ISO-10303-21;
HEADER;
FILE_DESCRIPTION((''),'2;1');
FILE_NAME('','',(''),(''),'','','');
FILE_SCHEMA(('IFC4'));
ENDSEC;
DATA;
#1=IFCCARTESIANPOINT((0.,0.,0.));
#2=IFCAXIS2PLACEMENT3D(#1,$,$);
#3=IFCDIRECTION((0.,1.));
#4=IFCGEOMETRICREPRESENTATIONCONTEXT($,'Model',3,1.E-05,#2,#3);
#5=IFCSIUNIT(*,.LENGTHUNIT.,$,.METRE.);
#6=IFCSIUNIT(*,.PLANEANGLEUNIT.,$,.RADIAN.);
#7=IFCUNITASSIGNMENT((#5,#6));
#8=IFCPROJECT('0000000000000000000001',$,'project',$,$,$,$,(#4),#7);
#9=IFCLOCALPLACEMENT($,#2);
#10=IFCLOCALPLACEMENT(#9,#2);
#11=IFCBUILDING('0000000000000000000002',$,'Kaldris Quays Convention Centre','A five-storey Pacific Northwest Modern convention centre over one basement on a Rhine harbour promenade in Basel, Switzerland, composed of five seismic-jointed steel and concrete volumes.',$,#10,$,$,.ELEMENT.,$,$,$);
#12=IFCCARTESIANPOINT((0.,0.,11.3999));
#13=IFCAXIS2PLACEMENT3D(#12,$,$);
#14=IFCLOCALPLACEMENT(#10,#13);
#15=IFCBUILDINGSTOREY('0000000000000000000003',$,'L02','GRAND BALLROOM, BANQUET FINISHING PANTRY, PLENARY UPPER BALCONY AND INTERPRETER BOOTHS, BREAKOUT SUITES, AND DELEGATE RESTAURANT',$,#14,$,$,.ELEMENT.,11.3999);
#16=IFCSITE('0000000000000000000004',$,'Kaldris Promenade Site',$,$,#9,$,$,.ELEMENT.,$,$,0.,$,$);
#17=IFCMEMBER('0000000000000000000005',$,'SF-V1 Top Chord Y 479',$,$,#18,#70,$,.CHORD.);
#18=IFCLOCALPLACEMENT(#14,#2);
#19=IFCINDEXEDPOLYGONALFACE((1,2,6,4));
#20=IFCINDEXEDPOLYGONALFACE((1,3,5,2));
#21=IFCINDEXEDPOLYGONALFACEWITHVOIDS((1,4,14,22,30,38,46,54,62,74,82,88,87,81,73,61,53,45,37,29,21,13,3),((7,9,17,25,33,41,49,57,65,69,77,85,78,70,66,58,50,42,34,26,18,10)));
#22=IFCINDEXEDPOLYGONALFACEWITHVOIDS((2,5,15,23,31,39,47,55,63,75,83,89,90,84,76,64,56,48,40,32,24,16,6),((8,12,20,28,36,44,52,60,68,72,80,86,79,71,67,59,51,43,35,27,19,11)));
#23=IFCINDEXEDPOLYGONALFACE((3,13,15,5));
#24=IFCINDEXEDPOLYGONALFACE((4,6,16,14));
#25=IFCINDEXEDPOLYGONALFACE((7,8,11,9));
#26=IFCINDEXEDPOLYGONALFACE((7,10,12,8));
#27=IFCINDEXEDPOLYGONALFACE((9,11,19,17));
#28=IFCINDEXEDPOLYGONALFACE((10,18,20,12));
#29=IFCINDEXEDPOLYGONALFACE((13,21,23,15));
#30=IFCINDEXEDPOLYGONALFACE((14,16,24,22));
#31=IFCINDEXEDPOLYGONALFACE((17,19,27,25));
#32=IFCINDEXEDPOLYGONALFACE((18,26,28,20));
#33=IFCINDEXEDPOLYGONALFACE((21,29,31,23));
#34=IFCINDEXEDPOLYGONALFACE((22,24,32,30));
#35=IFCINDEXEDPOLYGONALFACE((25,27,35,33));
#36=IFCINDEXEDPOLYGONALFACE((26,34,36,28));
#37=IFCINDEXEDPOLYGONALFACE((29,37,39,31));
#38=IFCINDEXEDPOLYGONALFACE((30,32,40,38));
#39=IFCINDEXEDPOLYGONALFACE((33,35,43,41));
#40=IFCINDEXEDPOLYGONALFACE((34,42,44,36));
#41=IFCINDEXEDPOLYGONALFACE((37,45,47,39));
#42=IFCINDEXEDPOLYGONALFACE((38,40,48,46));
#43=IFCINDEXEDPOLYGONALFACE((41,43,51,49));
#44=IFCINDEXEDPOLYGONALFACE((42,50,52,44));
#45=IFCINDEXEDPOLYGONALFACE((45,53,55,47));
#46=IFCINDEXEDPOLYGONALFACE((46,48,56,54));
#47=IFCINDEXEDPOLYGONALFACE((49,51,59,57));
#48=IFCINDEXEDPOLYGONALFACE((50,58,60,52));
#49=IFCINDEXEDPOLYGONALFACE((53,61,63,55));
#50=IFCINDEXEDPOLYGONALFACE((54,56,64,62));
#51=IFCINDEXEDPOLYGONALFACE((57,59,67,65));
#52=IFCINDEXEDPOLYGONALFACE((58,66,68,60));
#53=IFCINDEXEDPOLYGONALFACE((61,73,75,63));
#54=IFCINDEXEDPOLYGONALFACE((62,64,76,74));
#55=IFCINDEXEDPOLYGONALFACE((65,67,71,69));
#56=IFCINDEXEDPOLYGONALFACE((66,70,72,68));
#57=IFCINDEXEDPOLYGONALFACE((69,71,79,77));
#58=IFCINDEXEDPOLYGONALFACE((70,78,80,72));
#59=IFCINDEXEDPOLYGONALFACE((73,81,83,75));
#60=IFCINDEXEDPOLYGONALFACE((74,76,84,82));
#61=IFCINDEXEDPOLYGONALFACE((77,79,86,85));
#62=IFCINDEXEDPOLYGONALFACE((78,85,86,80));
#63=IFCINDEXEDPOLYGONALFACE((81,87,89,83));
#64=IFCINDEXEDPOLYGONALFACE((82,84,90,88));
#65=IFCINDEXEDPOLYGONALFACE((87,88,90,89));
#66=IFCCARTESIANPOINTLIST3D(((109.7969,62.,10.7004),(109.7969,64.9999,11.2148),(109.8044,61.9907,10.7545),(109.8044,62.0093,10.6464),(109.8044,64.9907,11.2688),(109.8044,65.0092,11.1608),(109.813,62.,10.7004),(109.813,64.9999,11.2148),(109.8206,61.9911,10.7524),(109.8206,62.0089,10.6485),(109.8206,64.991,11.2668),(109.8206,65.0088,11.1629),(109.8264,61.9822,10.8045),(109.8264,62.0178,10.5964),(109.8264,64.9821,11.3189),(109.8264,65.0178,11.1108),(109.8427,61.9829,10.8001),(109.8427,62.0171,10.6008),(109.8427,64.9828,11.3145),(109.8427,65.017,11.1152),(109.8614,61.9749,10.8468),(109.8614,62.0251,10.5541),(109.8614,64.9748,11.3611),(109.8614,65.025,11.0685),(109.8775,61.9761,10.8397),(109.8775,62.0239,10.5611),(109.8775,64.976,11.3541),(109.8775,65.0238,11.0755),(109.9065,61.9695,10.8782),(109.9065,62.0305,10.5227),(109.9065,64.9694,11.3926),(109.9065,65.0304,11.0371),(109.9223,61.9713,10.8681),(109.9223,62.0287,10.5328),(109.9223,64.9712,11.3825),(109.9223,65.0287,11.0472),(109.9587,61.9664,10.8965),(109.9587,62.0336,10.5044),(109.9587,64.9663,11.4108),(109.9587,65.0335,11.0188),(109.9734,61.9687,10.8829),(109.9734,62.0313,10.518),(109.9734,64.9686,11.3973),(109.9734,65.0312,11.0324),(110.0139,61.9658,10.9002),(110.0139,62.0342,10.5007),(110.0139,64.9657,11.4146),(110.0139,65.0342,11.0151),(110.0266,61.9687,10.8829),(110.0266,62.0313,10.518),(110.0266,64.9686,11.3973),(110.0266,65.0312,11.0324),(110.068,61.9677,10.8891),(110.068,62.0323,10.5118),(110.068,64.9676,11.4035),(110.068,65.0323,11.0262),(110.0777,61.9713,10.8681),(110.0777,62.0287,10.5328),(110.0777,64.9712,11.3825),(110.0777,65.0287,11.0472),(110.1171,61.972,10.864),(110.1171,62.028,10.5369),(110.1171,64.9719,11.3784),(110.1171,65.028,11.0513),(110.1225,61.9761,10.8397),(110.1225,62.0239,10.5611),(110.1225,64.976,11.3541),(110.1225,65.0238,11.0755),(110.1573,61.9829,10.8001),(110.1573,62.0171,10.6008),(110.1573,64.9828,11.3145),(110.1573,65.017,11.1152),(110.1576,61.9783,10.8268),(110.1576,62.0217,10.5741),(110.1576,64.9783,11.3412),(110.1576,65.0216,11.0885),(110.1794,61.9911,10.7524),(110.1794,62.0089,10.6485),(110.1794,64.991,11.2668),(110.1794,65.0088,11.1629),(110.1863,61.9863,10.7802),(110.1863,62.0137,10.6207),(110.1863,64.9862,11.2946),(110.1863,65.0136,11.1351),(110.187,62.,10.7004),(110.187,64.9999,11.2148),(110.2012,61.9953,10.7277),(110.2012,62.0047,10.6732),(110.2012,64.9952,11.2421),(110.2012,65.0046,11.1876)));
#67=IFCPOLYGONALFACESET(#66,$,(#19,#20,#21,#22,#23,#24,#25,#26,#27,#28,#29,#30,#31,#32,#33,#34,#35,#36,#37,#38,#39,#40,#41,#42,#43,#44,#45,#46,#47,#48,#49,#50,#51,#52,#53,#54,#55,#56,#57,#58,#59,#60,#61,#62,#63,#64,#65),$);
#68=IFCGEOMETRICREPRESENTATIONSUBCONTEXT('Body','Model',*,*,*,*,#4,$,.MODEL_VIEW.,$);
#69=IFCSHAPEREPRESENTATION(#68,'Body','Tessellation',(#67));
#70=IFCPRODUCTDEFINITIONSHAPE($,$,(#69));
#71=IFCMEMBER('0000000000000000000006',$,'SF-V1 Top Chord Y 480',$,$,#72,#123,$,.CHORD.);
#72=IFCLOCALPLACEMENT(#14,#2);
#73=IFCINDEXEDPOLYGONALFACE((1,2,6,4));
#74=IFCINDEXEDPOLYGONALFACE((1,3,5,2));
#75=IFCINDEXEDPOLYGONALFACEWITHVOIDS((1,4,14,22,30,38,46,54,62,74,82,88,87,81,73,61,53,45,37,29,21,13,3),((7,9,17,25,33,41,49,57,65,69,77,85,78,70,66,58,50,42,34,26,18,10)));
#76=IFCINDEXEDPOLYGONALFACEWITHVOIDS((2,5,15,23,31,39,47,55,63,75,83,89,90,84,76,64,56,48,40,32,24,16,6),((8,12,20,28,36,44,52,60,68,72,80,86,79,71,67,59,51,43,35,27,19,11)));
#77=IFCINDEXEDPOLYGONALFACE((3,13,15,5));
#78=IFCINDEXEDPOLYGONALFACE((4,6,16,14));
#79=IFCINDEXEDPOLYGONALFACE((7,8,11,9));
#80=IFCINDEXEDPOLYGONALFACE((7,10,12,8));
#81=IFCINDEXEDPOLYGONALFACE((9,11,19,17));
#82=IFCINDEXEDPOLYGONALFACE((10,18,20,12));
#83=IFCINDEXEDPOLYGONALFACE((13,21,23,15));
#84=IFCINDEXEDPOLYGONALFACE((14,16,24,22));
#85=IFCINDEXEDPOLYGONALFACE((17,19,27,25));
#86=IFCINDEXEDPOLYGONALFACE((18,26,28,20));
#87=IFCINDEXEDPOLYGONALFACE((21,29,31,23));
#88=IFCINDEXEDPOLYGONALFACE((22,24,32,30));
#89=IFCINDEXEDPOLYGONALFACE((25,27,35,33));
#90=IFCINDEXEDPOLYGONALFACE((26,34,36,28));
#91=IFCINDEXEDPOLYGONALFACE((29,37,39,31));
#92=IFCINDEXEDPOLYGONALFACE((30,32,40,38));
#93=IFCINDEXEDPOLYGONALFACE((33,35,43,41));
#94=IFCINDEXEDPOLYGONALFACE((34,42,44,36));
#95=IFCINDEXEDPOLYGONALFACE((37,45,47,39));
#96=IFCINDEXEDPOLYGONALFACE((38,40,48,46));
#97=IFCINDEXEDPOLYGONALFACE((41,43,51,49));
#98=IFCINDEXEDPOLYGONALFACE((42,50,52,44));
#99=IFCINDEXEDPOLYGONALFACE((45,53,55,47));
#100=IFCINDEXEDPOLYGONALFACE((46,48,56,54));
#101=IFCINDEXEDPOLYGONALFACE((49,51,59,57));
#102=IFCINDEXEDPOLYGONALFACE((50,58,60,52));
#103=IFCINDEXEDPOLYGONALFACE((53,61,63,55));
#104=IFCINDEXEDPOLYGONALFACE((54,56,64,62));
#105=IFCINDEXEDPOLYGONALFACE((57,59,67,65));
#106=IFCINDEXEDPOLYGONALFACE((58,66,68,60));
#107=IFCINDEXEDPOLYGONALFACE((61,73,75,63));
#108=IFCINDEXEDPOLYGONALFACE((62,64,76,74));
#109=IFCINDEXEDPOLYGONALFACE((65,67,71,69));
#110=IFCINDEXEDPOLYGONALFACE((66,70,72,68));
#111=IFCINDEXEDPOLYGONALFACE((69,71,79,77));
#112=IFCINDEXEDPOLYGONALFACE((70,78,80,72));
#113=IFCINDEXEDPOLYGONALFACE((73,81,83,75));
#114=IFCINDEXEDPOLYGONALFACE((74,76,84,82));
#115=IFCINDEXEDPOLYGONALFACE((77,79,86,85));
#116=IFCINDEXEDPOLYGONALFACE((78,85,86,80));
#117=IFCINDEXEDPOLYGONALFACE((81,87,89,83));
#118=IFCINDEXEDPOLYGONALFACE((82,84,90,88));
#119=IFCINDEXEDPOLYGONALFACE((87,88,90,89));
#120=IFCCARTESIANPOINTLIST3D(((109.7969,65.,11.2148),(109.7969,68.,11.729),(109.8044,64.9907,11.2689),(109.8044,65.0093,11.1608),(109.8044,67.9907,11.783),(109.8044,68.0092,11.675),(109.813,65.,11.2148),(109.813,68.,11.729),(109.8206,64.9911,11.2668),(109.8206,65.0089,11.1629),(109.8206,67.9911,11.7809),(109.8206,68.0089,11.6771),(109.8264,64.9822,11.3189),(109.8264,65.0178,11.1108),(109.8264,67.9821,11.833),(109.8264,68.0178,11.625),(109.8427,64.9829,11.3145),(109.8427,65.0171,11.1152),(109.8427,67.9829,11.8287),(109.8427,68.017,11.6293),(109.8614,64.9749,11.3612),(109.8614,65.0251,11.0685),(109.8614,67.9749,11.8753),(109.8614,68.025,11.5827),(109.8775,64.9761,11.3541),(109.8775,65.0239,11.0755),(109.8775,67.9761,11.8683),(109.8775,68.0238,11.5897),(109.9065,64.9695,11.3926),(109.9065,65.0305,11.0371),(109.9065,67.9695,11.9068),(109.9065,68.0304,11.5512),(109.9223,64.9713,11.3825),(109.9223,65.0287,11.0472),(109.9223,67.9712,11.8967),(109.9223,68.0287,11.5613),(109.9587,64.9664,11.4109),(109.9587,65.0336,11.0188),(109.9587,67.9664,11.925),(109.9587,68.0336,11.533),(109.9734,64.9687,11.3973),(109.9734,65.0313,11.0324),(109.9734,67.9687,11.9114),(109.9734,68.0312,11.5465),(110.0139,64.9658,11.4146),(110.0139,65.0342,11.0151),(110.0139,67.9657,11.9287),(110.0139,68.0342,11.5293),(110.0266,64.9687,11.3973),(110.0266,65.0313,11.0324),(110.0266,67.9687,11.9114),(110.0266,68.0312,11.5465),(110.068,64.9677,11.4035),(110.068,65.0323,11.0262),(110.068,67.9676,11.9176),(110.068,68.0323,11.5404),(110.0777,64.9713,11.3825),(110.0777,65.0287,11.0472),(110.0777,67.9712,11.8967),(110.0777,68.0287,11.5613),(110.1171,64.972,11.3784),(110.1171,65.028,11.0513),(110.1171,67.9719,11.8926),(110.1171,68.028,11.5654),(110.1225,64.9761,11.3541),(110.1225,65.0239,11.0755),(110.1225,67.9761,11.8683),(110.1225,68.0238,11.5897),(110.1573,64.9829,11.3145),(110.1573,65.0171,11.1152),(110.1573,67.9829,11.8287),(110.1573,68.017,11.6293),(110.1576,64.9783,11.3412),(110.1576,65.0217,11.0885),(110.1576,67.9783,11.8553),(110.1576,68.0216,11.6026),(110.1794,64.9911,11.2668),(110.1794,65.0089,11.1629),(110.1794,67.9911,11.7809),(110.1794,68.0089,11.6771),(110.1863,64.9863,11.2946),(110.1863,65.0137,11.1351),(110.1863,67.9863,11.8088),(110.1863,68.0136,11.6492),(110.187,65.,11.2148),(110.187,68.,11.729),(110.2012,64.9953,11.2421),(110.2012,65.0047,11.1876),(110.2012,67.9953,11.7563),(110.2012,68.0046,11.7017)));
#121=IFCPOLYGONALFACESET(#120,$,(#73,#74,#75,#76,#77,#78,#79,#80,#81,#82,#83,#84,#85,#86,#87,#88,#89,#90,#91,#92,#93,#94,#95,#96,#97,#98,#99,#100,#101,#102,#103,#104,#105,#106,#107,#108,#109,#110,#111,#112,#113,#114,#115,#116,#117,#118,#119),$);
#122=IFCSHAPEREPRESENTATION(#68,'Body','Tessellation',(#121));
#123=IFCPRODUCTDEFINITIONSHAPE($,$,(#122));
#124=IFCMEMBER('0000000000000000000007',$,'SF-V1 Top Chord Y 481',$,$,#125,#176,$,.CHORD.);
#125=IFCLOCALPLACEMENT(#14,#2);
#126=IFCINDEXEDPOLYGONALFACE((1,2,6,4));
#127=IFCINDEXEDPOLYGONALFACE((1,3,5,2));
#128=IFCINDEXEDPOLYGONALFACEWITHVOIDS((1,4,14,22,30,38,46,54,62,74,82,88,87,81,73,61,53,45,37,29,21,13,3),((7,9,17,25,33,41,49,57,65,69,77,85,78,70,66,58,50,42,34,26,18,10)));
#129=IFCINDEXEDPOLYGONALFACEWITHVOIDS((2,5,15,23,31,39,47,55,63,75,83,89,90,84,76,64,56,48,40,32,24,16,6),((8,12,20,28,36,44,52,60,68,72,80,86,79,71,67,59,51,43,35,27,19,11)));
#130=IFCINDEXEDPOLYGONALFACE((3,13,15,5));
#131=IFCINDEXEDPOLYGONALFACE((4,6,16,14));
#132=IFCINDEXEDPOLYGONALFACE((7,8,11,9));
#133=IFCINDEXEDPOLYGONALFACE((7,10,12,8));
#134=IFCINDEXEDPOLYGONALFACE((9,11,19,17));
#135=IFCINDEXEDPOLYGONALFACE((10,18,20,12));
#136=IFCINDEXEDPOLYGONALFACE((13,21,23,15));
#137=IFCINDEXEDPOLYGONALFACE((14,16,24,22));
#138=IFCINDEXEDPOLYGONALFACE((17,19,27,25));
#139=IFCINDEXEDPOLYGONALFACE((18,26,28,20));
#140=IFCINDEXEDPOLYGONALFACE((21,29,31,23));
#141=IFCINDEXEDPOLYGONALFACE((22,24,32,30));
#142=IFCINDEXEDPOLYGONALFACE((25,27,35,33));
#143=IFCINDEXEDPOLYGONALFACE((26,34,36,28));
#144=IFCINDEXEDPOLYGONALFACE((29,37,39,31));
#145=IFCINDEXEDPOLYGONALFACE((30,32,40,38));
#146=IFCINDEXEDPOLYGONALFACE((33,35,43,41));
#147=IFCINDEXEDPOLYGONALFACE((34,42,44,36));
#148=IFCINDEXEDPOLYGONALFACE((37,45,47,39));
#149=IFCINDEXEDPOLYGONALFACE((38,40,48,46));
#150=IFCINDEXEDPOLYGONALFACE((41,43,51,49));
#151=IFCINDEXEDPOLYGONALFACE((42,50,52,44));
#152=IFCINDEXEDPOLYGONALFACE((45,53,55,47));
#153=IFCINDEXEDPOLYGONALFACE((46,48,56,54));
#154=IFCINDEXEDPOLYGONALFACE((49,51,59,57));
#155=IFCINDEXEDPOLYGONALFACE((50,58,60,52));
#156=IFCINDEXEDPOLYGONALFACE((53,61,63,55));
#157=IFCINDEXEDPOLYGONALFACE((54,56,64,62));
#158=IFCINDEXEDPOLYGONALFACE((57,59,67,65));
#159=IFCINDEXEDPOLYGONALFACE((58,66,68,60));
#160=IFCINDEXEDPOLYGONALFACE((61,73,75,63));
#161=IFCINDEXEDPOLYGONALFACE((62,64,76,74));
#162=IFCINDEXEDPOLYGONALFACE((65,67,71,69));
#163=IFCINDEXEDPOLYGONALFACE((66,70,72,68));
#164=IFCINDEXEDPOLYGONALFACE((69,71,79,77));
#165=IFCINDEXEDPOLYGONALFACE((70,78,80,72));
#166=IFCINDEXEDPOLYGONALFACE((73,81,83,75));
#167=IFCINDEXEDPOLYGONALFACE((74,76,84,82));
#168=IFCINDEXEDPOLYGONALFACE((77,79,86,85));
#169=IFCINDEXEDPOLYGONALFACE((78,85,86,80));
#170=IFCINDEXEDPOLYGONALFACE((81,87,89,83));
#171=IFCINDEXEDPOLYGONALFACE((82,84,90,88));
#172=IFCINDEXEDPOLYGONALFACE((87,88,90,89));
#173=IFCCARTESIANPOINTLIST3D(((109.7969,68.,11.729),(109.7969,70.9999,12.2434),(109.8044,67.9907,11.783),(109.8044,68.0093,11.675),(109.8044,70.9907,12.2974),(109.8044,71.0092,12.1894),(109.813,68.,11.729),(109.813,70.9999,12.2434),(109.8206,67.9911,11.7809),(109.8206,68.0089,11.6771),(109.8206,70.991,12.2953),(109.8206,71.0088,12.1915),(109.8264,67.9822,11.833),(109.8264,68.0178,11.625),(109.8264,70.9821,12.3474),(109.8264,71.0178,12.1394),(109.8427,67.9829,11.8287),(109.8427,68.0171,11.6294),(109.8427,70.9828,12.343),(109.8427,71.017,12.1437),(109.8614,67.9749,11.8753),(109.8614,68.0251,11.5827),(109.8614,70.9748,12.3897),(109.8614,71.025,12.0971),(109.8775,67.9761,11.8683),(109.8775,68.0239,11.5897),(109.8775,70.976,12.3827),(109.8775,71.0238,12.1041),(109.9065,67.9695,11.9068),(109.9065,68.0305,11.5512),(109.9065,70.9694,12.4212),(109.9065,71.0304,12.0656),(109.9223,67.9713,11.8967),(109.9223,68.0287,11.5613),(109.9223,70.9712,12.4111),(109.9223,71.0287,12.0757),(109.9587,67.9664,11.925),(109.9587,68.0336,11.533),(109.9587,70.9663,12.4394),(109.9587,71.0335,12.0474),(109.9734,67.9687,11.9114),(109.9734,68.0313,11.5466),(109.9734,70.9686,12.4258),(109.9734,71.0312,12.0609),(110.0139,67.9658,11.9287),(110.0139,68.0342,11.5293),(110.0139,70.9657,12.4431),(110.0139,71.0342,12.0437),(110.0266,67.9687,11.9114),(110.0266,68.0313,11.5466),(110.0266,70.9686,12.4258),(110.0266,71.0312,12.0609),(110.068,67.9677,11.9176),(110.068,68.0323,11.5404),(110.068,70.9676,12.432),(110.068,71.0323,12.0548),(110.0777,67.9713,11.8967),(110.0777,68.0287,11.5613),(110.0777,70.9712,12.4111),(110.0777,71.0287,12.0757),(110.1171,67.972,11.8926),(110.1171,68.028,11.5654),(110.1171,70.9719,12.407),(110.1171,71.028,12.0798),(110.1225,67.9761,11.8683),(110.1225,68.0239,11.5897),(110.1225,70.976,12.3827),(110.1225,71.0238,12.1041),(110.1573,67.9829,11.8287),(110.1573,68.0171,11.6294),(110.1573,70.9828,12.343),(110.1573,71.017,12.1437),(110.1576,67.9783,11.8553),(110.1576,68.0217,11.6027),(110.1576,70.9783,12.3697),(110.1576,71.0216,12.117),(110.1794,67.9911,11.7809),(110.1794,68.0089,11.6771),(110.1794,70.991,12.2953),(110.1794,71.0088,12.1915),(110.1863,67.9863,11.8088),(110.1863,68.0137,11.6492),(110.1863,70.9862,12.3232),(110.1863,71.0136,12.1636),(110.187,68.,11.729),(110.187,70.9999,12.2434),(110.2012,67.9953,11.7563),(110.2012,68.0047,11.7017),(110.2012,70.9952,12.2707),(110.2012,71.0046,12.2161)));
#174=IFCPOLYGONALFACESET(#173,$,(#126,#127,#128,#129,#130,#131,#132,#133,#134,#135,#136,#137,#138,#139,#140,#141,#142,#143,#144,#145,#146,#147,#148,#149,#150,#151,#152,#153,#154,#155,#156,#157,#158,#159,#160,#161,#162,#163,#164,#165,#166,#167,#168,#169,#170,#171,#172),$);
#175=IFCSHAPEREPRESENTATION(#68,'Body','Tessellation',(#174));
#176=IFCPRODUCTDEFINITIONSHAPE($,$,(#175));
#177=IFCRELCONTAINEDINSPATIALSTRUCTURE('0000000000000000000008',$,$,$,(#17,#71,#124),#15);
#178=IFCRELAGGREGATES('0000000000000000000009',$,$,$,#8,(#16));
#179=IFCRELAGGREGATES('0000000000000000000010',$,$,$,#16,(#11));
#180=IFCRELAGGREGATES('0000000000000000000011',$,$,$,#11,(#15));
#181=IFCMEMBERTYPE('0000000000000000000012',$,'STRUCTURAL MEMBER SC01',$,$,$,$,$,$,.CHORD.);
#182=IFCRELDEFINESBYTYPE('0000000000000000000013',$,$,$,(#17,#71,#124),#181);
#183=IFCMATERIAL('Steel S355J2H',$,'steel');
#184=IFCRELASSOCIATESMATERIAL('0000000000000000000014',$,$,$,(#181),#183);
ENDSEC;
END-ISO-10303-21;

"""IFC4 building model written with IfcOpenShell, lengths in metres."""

from ifc_helpers import new_model, si_unit, direction, frame, origin, origin_2d, place, context, subcontext, project, spatial, hollow_circle, extrude, material, material_profile, profile_set, type_object, element, save


model = new_model("IFC4")

# Units and contexts
model_context = context("Model", 3, precision=1e-05, world=origin(), true_north=direction((0.0, 1.0)))
body_context = subcontext(model_context, "Body", "Model", "MODEL_VIEW")
ifc_project = project(units=[si_unit("LENGTHUNIT", "METRE"), si_unit("PLANEANGLEUNIT", "RADIAN")], contexts=[model_context])

# Site, building, storey
site_placement = place(None, origin())
site = spatial("IfcSite", under=ifc_project, at=site_placement, Name="Kaldris Promenade Site", CompositionType="ELEMENT", RefElevation=0.0)
building_placement = place(site_placement, origin())
building = spatial("IfcBuilding", under=site, at=building_placement, Name="Kaldris Quays Convention Centre", Description="A five-storey Pacific Northwest Modern convention centre over one basement on a Rhine harbour promenade in Basel, Switzerland, composed of five seismic-jointed steel and concrete volumes.", CompositionType="ELEMENT")
storey_placement = place(building_placement, frame((0.0, 0.0, 11.3999)))
storey = spatial("IfcBuildingStorey", under=building, at=storey_placement, Name="L02", Description="GRAND BALLROOM, BANQUET FINISHING PANTRY, PLENARY UPPER BALCONY AND INTERPRETER BOOTHS, BREAKOUT SUITES, AND DELEGATE RESTAURANT", CompositionType="ELEMENT", Elevation=11.3999)

# Members
ifc_material_1 = material(Name="Steel S355J2H", Category="steel")
ifc_material_profile_1 = material_profile(ifc_material_1, hollow_circle(Radius=0.2031, WallThickness=0.0161, at=origin_2d()), Name="CHS 406.4x16")
ifc_profile_set_1 = profile_set([ifc_material_profile_1], Name="Steel S355J2H")
member_type_1 = type_object("IfcMemberType", Name="STRUCTURAL MEMBER SC01", PredefinedType="CHORD", material=ifc_profile_set_1)
for number, where, z_axis, x_axis, name in (
    (1, (110.0, 62.0, 10.7004), (0.0, 0.985616, 0.169002), (-1.0, 0.0, 0.0), "SF-V1 Top Chord Y 479"),
    (2, (110.0, 65.0, 11.2148), (0.0, 0.985629, 0.168924), (-1.0, 0.0, 0.0), "SF-V1 Top Chord Y 480"),
    (3, (110.0, 68.0, 11.729), (0.0, 0.985616, 0.169002), (-1.0, 0.0, 0.0), "SF-V1 Top Chord Y 481"),
):
    element("IfcMember", number, at=place(storey_placement, frame(where, z_axis=z_axis, x_axis=x_axis)), inside=storey, type_object=member_type_1, Name=name, PredefinedType="CHORD", context=body_context, shape_type="SweptSolid", body=[
        extrude(hollow_circle(Radius=0.2031, WallThickness=0.0161, at=origin_2d()), origin(), (0.0, 0.0, 1.0), 3.0437),
    ])

save(model, "model.ifc")
